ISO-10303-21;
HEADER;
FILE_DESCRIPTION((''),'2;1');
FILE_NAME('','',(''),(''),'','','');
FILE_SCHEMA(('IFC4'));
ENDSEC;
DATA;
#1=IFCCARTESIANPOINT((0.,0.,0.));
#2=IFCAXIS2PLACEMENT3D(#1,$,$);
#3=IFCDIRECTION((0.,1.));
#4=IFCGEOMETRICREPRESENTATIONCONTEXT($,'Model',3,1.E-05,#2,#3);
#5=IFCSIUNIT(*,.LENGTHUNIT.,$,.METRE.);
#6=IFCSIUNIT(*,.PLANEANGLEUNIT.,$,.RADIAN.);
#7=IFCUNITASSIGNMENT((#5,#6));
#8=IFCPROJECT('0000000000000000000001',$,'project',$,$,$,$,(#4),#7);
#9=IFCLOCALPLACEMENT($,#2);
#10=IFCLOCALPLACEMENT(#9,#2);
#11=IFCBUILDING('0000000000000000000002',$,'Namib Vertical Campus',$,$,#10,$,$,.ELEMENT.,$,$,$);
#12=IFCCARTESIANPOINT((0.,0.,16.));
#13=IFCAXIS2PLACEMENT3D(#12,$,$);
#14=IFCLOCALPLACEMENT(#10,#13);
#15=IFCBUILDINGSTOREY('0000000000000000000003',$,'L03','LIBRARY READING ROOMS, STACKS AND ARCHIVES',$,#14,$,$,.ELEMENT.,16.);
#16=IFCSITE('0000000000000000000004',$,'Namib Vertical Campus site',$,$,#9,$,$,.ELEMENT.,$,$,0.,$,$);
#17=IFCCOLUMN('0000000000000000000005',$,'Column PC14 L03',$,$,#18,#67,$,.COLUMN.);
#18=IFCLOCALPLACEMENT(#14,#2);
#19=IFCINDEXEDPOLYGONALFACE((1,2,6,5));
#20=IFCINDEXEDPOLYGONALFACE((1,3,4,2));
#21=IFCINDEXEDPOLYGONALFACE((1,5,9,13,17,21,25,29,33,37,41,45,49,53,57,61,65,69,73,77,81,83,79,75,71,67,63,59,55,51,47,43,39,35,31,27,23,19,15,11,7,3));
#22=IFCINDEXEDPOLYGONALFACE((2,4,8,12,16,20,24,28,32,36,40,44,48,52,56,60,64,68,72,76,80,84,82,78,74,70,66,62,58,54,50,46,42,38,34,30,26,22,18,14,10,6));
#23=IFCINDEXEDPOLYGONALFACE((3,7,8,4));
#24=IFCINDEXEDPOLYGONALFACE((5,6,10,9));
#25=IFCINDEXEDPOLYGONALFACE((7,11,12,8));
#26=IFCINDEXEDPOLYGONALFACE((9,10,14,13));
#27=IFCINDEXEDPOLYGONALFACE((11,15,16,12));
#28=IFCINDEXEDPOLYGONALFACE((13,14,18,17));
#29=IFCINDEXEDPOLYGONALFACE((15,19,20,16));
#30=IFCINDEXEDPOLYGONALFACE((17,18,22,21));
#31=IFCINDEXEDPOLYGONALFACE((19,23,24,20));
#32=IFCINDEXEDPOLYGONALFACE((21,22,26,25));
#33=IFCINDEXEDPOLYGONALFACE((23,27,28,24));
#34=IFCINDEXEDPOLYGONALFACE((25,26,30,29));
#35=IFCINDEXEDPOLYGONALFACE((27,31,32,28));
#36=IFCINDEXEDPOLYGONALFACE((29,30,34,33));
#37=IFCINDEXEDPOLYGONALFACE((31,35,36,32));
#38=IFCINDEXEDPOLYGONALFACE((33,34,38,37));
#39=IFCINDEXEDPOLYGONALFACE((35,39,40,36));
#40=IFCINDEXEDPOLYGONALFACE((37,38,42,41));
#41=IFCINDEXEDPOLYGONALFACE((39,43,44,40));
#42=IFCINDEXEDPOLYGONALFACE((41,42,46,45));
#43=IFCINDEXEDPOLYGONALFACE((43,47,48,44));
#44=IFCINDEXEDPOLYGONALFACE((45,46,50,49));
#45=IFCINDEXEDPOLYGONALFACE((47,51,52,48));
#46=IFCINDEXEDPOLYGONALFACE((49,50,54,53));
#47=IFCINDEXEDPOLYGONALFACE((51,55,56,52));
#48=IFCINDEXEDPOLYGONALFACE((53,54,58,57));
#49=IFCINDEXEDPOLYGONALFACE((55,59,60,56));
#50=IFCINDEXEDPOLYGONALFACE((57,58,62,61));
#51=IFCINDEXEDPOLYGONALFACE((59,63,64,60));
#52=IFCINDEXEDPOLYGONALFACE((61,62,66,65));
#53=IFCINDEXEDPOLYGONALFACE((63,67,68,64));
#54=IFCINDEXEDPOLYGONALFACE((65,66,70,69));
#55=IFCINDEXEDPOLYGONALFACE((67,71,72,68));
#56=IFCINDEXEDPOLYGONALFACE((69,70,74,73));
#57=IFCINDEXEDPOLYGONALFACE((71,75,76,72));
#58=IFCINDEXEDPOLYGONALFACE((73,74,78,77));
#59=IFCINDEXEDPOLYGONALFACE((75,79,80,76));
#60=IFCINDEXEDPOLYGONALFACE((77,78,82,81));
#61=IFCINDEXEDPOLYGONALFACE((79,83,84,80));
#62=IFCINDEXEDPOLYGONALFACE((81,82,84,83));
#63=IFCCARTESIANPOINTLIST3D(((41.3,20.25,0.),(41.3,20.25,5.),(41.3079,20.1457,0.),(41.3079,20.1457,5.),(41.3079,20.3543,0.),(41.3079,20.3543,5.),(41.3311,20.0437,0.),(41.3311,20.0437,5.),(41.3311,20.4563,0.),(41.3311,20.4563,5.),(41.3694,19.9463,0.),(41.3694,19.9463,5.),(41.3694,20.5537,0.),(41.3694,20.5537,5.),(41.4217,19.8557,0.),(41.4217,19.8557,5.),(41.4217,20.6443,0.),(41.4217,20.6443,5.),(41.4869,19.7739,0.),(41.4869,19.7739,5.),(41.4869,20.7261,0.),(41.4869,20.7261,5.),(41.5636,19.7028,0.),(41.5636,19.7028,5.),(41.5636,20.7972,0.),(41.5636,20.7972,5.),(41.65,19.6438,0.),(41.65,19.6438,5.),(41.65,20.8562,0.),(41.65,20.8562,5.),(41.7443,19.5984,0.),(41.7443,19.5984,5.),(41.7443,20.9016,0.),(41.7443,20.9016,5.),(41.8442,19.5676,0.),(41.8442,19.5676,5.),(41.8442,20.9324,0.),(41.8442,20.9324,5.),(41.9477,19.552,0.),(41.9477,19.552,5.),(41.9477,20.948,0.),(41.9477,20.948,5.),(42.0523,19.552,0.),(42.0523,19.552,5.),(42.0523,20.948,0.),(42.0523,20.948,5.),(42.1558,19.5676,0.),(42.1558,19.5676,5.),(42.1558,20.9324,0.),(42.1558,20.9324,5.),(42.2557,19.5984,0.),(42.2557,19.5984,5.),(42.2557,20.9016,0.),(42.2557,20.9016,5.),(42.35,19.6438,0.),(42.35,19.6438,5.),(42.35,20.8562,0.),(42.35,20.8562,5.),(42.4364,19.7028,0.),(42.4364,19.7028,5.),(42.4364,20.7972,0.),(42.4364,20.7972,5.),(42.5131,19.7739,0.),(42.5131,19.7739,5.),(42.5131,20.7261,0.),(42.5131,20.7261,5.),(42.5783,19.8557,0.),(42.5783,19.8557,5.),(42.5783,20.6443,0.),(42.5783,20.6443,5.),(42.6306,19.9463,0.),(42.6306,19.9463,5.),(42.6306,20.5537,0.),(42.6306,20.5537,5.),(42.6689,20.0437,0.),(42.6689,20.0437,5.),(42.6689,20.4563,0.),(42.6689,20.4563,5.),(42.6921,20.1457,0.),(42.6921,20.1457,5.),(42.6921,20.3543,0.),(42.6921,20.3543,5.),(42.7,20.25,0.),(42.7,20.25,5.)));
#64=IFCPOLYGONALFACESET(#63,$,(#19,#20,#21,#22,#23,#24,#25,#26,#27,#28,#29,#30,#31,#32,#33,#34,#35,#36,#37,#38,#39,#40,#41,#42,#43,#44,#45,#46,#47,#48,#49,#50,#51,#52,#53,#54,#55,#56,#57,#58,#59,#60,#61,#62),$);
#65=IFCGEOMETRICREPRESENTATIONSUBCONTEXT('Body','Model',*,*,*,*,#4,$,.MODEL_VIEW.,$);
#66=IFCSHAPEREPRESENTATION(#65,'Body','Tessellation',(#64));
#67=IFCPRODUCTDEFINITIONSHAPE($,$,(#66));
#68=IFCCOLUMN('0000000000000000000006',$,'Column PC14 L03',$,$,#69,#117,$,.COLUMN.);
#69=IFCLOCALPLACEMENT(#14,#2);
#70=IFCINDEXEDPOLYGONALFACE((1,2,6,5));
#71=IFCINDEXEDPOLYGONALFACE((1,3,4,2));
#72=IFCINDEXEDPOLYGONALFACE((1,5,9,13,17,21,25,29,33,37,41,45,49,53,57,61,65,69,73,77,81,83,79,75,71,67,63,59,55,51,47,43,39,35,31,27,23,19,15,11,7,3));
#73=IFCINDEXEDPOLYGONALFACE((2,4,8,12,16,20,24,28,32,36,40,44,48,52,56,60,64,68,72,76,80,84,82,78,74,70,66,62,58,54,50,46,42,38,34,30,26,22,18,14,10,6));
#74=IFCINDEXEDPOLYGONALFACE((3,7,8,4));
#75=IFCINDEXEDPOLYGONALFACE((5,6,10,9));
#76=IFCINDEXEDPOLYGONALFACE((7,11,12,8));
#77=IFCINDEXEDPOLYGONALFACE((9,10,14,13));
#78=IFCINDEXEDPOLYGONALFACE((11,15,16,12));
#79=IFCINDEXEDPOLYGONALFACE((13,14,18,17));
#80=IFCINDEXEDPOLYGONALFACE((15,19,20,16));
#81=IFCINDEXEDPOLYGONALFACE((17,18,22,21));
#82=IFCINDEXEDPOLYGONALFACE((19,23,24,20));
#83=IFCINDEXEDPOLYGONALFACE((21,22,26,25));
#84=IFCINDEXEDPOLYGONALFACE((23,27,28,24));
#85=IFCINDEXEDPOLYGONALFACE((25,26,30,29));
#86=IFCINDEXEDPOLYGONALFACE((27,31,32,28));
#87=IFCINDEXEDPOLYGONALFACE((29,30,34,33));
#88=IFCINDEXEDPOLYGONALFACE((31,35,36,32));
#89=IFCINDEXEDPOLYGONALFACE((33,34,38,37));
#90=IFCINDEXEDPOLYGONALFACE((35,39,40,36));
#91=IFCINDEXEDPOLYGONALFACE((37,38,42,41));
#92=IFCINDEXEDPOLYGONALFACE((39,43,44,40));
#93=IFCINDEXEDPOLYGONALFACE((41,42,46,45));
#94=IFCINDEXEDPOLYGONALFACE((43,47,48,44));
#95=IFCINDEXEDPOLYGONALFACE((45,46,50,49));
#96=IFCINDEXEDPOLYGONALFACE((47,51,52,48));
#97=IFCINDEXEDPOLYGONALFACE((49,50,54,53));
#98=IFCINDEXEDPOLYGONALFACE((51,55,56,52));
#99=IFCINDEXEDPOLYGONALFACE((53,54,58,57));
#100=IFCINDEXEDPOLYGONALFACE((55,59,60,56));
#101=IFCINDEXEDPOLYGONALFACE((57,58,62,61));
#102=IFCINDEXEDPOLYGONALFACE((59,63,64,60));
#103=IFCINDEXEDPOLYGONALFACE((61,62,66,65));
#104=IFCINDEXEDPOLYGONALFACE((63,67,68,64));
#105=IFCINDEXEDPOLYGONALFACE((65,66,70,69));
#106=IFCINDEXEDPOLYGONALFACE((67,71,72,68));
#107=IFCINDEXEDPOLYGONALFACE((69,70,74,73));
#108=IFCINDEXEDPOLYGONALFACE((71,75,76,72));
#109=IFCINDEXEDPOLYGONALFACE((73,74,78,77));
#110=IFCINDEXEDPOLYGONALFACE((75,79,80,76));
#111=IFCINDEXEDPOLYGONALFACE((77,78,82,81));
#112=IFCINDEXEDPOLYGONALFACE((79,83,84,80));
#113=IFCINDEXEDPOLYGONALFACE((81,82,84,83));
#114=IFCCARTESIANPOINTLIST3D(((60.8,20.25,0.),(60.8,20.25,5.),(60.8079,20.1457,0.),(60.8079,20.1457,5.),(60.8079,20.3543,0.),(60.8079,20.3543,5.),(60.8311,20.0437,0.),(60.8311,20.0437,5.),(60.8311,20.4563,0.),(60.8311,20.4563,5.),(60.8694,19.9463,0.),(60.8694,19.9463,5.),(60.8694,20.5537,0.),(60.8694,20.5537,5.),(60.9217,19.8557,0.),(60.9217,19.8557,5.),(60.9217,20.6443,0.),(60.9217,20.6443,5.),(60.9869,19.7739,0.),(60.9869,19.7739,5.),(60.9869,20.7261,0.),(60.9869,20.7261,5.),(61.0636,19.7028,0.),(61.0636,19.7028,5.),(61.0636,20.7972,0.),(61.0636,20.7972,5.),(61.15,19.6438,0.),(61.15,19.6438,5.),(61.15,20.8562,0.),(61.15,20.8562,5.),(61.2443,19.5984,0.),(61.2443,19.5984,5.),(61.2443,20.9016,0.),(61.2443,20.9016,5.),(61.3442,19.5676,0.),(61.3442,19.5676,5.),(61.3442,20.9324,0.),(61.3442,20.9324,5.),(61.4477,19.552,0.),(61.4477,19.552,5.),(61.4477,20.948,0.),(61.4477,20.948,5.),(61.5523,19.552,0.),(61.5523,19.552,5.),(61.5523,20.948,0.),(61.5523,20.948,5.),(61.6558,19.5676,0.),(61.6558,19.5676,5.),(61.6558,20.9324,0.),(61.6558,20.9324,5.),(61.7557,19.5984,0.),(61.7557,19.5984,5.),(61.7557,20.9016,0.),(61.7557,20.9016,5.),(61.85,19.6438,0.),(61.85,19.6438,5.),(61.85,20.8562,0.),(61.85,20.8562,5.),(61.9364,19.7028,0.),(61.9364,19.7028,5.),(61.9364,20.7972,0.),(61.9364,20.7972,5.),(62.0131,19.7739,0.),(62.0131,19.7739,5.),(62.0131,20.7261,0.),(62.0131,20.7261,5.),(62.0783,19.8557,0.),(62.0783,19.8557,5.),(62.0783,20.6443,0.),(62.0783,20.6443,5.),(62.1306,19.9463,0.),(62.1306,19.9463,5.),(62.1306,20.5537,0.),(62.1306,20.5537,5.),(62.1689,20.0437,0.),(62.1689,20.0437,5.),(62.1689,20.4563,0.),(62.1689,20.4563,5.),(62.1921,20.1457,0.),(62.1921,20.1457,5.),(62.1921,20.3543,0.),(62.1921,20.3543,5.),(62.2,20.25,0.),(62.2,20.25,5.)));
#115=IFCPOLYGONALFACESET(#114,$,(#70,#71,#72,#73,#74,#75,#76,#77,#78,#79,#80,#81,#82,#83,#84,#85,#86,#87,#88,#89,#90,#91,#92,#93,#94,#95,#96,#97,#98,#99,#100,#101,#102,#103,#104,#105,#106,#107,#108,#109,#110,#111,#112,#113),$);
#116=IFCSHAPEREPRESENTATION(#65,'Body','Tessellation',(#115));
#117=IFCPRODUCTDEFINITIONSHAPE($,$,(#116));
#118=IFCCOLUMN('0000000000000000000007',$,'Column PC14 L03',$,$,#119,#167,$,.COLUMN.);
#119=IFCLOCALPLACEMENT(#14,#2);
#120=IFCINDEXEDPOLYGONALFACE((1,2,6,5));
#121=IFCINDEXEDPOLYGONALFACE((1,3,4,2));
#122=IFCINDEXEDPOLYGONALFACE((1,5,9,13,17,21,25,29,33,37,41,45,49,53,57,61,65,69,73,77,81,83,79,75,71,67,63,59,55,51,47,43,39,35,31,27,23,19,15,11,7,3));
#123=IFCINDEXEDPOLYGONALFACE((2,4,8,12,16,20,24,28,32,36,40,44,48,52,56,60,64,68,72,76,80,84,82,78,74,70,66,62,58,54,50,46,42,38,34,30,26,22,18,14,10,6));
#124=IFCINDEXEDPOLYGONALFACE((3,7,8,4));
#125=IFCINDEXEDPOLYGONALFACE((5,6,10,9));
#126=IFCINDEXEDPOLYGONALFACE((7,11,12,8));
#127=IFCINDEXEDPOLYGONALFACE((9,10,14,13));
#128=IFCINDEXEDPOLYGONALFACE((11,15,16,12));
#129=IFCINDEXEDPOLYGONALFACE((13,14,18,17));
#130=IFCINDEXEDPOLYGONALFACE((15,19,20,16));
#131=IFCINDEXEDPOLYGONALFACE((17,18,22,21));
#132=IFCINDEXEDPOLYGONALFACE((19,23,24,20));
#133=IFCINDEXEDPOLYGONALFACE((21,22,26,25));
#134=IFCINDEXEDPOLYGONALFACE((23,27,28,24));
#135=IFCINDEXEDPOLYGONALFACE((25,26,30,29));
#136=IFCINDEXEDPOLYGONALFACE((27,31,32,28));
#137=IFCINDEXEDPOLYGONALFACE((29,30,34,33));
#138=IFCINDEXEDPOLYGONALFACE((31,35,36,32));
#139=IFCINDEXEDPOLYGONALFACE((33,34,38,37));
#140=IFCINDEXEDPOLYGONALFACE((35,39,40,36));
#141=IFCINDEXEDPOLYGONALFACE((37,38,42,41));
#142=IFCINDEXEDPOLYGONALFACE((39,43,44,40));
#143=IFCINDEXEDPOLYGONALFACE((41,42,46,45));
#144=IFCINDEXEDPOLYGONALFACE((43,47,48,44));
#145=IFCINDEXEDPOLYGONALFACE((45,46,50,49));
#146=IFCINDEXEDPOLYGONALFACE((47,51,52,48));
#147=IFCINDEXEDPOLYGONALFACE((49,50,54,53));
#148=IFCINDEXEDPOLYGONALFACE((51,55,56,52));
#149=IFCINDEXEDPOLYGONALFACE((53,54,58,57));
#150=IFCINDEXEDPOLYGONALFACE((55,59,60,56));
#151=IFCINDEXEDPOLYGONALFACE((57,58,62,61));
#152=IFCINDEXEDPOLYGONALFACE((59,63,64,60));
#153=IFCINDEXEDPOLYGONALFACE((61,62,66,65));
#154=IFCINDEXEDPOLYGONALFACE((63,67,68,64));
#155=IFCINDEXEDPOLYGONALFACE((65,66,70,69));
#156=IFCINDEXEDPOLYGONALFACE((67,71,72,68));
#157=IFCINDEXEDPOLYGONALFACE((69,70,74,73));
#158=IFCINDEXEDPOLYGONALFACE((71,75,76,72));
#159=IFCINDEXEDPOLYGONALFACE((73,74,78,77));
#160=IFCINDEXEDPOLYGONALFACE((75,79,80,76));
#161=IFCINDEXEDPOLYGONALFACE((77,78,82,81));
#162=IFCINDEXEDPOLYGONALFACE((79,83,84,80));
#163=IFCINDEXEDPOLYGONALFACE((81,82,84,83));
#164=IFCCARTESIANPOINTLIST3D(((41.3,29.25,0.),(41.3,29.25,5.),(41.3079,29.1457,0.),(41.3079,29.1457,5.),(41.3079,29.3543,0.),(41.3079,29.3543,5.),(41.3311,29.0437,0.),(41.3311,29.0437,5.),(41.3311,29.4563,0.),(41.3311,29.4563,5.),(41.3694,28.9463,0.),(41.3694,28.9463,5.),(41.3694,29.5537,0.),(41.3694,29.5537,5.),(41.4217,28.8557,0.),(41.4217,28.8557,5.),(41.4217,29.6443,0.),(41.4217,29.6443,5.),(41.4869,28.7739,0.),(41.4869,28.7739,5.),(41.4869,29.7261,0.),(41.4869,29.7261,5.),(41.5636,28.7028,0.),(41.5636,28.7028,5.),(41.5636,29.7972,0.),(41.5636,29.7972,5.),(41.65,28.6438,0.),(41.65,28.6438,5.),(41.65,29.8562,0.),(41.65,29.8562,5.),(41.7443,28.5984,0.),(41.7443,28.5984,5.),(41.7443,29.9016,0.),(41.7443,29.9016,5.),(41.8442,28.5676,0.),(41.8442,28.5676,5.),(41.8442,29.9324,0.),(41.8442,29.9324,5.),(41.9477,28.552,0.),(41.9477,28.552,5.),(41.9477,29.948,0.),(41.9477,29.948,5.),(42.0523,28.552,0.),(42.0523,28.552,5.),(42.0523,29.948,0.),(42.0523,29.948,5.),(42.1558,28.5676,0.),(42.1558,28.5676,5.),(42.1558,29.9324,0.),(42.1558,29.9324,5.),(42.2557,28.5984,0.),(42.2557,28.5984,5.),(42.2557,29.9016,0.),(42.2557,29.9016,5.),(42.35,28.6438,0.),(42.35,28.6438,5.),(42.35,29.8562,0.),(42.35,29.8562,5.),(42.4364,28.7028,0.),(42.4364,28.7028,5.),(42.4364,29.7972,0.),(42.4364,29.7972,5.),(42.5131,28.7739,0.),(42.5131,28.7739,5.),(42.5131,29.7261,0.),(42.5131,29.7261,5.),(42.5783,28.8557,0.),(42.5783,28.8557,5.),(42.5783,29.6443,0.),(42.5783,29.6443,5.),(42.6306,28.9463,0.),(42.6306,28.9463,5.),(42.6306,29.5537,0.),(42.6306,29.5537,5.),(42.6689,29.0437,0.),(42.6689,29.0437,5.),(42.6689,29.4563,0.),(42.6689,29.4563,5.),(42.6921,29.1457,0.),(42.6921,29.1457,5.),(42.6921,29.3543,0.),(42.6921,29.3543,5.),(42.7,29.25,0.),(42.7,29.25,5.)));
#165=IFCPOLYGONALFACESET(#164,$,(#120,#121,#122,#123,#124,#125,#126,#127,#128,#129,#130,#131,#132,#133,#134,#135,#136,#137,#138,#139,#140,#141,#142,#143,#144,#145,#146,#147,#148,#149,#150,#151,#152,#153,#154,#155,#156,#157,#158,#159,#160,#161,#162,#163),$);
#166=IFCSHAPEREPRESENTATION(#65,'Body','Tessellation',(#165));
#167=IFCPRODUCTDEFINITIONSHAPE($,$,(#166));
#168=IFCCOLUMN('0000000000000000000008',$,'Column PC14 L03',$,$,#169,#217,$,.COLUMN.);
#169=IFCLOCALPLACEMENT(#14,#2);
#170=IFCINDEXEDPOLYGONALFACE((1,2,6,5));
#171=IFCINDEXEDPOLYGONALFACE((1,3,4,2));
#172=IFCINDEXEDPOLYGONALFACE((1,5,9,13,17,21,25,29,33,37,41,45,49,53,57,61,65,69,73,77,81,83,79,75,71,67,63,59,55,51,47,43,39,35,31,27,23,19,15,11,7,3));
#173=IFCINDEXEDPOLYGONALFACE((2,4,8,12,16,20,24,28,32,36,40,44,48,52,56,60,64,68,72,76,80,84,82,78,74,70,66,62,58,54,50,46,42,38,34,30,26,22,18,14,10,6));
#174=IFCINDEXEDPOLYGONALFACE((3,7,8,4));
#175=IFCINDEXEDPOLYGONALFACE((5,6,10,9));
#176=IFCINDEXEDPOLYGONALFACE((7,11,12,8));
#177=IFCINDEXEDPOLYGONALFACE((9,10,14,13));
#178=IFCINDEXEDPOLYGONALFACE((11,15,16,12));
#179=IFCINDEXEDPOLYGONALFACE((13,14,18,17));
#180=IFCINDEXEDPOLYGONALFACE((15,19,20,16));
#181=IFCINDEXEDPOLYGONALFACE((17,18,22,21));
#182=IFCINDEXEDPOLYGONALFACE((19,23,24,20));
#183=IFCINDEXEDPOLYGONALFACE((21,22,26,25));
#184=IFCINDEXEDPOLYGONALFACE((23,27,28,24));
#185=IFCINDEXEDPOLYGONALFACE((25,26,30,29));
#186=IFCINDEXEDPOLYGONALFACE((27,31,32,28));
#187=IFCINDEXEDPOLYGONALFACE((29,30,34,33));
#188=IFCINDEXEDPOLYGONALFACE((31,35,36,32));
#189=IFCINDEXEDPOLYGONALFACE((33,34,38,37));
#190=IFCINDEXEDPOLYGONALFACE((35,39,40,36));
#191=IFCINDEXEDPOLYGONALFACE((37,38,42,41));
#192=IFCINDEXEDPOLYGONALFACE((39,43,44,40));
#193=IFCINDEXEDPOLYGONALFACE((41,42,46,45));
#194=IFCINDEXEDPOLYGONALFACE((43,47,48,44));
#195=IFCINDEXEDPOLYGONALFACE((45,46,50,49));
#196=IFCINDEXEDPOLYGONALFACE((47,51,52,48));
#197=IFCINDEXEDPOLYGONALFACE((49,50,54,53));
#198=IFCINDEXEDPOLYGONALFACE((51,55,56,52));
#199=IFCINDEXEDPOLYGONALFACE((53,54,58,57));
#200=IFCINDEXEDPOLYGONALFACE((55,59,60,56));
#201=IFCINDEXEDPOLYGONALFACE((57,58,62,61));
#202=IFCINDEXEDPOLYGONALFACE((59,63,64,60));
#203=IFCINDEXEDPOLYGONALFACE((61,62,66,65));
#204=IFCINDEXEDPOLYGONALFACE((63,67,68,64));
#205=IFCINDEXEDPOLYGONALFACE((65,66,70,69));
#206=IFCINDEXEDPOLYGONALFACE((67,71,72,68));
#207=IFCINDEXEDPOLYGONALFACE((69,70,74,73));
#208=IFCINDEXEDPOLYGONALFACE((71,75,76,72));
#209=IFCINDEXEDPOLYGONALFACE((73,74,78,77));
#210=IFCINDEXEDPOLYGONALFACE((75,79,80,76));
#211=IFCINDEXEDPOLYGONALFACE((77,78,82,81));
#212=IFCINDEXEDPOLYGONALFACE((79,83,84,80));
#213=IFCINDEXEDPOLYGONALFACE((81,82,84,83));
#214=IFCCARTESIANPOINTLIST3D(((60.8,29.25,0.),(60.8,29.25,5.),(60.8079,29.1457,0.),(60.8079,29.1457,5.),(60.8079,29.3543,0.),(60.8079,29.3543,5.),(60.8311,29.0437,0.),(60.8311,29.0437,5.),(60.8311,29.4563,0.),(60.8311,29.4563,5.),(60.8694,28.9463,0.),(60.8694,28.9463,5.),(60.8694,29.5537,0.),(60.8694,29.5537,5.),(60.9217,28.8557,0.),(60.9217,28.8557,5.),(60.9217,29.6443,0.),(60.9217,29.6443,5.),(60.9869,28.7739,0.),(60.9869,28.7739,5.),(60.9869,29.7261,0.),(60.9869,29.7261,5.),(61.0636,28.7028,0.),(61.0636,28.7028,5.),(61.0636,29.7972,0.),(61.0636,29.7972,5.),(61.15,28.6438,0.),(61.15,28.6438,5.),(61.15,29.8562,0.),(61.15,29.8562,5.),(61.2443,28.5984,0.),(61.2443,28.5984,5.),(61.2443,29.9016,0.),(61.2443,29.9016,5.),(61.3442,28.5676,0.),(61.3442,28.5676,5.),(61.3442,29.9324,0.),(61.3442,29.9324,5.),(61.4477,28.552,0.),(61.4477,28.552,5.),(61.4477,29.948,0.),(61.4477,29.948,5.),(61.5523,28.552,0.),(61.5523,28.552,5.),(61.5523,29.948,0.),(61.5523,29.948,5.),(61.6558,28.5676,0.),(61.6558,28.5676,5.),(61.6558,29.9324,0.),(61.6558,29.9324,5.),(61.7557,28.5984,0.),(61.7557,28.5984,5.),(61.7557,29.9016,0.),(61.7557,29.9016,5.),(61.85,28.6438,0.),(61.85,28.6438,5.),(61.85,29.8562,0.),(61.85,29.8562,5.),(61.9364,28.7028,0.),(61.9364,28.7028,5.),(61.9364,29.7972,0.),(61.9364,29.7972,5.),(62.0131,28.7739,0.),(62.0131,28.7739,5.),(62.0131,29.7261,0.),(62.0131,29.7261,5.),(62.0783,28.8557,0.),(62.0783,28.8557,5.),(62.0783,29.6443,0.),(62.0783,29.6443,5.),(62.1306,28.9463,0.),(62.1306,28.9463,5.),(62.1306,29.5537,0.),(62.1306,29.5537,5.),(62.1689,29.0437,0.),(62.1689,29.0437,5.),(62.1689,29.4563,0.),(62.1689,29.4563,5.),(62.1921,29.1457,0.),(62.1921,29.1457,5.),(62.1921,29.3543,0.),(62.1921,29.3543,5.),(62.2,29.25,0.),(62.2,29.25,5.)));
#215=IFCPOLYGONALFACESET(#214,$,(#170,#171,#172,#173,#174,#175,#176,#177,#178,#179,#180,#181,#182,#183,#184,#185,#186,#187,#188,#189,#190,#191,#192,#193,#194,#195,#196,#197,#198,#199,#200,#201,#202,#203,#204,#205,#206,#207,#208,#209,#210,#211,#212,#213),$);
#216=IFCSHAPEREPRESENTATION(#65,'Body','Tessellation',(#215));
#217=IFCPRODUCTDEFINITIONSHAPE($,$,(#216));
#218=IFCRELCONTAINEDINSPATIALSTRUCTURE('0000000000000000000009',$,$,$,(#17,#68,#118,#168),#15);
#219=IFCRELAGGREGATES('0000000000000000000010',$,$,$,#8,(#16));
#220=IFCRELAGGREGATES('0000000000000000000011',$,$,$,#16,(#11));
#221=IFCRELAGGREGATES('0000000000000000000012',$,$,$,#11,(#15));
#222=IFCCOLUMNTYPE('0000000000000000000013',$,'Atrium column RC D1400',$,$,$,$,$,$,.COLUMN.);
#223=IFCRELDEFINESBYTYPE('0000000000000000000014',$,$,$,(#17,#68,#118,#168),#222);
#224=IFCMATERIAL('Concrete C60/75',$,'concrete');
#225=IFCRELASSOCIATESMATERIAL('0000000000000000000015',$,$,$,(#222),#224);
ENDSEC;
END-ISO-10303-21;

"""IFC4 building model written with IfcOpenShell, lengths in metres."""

from ifc_helpers import new_model, si_unit, direction, frame, origin, origin_2d, place, context, subcontext, project, spatial, circle, extrude, material, material_profile, profile_set, type_object, element, save


model = new_model("IFC4")

# Units and contexts
model_context = context("Model", 3, precision=1e-05, world=origin(), true_north=direction((0.0, 1.0)))
body_context = subcontext(model_context, "Body", "Model", "MODEL_VIEW")
ifc_project = project(units=[si_unit("LENGTHUNIT", "METRE"), si_unit("PLANEANGLEUNIT", "RADIAN")], contexts=[model_context])

# Site, building, storey
site_placement = place(None, origin())
site = spatial("IfcSite", under=ifc_project, at=site_placement, Name="Namib Vertical Campus site", CompositionType="ELEMENT", RefElevation=0.0)
building_placement = place(site_placement, origin())
building = spatial("IfcBuilding", under=site, at=building_placement, Name="Namib Vertical Campus", CompositionType="ELEMENT")
storey_placement = place(building_placement, frame((0.0, 0.0, 16.0)))
storey = spatial("IfcBuildingStorey", under=building, at=storey_placement, Name="L03", Description="LIBRARY READING ROOMS, STACKS AND ARCHIVES", CompositionType="ELEMENT", Elevation=16.0)

# Columns
ifc_material_1 = material(Name="Concrete C60/75", Category="concrete")
ifc_material_profile_1 = material_profile(ifc_material_1, circle(Radius=0.7, at=origin_2d()))
ifc_profile_set_1 = profile_set([ifc_material_profile_1], Name="Concrete C60/75")
column_type_1 = type_object("IfcColumnType", Name="Atrium column RC D1400", PredefinedType="COLUMN", material=ifc_profile_set_1)
for number, where, z_axis, x_axis, name in (
    (1, (42.0, 20.25, 0.0), (0.0, 0.0, 1.0), (1.0, 0.0, 0.0), "Column PC14 L03"),
    (2, (61.5, 20.25, 0.0), (0.0, 0.0, 1.0), (1.0, 0.0, 0.0), "Column PC14 L03"),
    (3, (42.0, 29.25, 0.0), (0.0, 0.0, 1.0), (1.0, 0.0, 0.0), "Column PC14 L03"),
    (4, (61.5, 29.25, 0.0), (0.0, 0.0, 1.0), (1.0, 0.0, 0.0), "Column PC14 L03"),
):
    element("IfcColumn", number, at=place(storey_placement, frame(where, z_axis=z_axis, x_axis=x_axis)), inside=storey, type_object=column_type_1, Name=name, PredefinedType="COLUMN", context=body_context, shape_type="SweptSolid", body=[
        extrude(circle(Radius=0.7, at=origin_2d()), origin(), (0.0, 0.0, 1.0), 5.0),
    ])

save(model, "model.ifc")
